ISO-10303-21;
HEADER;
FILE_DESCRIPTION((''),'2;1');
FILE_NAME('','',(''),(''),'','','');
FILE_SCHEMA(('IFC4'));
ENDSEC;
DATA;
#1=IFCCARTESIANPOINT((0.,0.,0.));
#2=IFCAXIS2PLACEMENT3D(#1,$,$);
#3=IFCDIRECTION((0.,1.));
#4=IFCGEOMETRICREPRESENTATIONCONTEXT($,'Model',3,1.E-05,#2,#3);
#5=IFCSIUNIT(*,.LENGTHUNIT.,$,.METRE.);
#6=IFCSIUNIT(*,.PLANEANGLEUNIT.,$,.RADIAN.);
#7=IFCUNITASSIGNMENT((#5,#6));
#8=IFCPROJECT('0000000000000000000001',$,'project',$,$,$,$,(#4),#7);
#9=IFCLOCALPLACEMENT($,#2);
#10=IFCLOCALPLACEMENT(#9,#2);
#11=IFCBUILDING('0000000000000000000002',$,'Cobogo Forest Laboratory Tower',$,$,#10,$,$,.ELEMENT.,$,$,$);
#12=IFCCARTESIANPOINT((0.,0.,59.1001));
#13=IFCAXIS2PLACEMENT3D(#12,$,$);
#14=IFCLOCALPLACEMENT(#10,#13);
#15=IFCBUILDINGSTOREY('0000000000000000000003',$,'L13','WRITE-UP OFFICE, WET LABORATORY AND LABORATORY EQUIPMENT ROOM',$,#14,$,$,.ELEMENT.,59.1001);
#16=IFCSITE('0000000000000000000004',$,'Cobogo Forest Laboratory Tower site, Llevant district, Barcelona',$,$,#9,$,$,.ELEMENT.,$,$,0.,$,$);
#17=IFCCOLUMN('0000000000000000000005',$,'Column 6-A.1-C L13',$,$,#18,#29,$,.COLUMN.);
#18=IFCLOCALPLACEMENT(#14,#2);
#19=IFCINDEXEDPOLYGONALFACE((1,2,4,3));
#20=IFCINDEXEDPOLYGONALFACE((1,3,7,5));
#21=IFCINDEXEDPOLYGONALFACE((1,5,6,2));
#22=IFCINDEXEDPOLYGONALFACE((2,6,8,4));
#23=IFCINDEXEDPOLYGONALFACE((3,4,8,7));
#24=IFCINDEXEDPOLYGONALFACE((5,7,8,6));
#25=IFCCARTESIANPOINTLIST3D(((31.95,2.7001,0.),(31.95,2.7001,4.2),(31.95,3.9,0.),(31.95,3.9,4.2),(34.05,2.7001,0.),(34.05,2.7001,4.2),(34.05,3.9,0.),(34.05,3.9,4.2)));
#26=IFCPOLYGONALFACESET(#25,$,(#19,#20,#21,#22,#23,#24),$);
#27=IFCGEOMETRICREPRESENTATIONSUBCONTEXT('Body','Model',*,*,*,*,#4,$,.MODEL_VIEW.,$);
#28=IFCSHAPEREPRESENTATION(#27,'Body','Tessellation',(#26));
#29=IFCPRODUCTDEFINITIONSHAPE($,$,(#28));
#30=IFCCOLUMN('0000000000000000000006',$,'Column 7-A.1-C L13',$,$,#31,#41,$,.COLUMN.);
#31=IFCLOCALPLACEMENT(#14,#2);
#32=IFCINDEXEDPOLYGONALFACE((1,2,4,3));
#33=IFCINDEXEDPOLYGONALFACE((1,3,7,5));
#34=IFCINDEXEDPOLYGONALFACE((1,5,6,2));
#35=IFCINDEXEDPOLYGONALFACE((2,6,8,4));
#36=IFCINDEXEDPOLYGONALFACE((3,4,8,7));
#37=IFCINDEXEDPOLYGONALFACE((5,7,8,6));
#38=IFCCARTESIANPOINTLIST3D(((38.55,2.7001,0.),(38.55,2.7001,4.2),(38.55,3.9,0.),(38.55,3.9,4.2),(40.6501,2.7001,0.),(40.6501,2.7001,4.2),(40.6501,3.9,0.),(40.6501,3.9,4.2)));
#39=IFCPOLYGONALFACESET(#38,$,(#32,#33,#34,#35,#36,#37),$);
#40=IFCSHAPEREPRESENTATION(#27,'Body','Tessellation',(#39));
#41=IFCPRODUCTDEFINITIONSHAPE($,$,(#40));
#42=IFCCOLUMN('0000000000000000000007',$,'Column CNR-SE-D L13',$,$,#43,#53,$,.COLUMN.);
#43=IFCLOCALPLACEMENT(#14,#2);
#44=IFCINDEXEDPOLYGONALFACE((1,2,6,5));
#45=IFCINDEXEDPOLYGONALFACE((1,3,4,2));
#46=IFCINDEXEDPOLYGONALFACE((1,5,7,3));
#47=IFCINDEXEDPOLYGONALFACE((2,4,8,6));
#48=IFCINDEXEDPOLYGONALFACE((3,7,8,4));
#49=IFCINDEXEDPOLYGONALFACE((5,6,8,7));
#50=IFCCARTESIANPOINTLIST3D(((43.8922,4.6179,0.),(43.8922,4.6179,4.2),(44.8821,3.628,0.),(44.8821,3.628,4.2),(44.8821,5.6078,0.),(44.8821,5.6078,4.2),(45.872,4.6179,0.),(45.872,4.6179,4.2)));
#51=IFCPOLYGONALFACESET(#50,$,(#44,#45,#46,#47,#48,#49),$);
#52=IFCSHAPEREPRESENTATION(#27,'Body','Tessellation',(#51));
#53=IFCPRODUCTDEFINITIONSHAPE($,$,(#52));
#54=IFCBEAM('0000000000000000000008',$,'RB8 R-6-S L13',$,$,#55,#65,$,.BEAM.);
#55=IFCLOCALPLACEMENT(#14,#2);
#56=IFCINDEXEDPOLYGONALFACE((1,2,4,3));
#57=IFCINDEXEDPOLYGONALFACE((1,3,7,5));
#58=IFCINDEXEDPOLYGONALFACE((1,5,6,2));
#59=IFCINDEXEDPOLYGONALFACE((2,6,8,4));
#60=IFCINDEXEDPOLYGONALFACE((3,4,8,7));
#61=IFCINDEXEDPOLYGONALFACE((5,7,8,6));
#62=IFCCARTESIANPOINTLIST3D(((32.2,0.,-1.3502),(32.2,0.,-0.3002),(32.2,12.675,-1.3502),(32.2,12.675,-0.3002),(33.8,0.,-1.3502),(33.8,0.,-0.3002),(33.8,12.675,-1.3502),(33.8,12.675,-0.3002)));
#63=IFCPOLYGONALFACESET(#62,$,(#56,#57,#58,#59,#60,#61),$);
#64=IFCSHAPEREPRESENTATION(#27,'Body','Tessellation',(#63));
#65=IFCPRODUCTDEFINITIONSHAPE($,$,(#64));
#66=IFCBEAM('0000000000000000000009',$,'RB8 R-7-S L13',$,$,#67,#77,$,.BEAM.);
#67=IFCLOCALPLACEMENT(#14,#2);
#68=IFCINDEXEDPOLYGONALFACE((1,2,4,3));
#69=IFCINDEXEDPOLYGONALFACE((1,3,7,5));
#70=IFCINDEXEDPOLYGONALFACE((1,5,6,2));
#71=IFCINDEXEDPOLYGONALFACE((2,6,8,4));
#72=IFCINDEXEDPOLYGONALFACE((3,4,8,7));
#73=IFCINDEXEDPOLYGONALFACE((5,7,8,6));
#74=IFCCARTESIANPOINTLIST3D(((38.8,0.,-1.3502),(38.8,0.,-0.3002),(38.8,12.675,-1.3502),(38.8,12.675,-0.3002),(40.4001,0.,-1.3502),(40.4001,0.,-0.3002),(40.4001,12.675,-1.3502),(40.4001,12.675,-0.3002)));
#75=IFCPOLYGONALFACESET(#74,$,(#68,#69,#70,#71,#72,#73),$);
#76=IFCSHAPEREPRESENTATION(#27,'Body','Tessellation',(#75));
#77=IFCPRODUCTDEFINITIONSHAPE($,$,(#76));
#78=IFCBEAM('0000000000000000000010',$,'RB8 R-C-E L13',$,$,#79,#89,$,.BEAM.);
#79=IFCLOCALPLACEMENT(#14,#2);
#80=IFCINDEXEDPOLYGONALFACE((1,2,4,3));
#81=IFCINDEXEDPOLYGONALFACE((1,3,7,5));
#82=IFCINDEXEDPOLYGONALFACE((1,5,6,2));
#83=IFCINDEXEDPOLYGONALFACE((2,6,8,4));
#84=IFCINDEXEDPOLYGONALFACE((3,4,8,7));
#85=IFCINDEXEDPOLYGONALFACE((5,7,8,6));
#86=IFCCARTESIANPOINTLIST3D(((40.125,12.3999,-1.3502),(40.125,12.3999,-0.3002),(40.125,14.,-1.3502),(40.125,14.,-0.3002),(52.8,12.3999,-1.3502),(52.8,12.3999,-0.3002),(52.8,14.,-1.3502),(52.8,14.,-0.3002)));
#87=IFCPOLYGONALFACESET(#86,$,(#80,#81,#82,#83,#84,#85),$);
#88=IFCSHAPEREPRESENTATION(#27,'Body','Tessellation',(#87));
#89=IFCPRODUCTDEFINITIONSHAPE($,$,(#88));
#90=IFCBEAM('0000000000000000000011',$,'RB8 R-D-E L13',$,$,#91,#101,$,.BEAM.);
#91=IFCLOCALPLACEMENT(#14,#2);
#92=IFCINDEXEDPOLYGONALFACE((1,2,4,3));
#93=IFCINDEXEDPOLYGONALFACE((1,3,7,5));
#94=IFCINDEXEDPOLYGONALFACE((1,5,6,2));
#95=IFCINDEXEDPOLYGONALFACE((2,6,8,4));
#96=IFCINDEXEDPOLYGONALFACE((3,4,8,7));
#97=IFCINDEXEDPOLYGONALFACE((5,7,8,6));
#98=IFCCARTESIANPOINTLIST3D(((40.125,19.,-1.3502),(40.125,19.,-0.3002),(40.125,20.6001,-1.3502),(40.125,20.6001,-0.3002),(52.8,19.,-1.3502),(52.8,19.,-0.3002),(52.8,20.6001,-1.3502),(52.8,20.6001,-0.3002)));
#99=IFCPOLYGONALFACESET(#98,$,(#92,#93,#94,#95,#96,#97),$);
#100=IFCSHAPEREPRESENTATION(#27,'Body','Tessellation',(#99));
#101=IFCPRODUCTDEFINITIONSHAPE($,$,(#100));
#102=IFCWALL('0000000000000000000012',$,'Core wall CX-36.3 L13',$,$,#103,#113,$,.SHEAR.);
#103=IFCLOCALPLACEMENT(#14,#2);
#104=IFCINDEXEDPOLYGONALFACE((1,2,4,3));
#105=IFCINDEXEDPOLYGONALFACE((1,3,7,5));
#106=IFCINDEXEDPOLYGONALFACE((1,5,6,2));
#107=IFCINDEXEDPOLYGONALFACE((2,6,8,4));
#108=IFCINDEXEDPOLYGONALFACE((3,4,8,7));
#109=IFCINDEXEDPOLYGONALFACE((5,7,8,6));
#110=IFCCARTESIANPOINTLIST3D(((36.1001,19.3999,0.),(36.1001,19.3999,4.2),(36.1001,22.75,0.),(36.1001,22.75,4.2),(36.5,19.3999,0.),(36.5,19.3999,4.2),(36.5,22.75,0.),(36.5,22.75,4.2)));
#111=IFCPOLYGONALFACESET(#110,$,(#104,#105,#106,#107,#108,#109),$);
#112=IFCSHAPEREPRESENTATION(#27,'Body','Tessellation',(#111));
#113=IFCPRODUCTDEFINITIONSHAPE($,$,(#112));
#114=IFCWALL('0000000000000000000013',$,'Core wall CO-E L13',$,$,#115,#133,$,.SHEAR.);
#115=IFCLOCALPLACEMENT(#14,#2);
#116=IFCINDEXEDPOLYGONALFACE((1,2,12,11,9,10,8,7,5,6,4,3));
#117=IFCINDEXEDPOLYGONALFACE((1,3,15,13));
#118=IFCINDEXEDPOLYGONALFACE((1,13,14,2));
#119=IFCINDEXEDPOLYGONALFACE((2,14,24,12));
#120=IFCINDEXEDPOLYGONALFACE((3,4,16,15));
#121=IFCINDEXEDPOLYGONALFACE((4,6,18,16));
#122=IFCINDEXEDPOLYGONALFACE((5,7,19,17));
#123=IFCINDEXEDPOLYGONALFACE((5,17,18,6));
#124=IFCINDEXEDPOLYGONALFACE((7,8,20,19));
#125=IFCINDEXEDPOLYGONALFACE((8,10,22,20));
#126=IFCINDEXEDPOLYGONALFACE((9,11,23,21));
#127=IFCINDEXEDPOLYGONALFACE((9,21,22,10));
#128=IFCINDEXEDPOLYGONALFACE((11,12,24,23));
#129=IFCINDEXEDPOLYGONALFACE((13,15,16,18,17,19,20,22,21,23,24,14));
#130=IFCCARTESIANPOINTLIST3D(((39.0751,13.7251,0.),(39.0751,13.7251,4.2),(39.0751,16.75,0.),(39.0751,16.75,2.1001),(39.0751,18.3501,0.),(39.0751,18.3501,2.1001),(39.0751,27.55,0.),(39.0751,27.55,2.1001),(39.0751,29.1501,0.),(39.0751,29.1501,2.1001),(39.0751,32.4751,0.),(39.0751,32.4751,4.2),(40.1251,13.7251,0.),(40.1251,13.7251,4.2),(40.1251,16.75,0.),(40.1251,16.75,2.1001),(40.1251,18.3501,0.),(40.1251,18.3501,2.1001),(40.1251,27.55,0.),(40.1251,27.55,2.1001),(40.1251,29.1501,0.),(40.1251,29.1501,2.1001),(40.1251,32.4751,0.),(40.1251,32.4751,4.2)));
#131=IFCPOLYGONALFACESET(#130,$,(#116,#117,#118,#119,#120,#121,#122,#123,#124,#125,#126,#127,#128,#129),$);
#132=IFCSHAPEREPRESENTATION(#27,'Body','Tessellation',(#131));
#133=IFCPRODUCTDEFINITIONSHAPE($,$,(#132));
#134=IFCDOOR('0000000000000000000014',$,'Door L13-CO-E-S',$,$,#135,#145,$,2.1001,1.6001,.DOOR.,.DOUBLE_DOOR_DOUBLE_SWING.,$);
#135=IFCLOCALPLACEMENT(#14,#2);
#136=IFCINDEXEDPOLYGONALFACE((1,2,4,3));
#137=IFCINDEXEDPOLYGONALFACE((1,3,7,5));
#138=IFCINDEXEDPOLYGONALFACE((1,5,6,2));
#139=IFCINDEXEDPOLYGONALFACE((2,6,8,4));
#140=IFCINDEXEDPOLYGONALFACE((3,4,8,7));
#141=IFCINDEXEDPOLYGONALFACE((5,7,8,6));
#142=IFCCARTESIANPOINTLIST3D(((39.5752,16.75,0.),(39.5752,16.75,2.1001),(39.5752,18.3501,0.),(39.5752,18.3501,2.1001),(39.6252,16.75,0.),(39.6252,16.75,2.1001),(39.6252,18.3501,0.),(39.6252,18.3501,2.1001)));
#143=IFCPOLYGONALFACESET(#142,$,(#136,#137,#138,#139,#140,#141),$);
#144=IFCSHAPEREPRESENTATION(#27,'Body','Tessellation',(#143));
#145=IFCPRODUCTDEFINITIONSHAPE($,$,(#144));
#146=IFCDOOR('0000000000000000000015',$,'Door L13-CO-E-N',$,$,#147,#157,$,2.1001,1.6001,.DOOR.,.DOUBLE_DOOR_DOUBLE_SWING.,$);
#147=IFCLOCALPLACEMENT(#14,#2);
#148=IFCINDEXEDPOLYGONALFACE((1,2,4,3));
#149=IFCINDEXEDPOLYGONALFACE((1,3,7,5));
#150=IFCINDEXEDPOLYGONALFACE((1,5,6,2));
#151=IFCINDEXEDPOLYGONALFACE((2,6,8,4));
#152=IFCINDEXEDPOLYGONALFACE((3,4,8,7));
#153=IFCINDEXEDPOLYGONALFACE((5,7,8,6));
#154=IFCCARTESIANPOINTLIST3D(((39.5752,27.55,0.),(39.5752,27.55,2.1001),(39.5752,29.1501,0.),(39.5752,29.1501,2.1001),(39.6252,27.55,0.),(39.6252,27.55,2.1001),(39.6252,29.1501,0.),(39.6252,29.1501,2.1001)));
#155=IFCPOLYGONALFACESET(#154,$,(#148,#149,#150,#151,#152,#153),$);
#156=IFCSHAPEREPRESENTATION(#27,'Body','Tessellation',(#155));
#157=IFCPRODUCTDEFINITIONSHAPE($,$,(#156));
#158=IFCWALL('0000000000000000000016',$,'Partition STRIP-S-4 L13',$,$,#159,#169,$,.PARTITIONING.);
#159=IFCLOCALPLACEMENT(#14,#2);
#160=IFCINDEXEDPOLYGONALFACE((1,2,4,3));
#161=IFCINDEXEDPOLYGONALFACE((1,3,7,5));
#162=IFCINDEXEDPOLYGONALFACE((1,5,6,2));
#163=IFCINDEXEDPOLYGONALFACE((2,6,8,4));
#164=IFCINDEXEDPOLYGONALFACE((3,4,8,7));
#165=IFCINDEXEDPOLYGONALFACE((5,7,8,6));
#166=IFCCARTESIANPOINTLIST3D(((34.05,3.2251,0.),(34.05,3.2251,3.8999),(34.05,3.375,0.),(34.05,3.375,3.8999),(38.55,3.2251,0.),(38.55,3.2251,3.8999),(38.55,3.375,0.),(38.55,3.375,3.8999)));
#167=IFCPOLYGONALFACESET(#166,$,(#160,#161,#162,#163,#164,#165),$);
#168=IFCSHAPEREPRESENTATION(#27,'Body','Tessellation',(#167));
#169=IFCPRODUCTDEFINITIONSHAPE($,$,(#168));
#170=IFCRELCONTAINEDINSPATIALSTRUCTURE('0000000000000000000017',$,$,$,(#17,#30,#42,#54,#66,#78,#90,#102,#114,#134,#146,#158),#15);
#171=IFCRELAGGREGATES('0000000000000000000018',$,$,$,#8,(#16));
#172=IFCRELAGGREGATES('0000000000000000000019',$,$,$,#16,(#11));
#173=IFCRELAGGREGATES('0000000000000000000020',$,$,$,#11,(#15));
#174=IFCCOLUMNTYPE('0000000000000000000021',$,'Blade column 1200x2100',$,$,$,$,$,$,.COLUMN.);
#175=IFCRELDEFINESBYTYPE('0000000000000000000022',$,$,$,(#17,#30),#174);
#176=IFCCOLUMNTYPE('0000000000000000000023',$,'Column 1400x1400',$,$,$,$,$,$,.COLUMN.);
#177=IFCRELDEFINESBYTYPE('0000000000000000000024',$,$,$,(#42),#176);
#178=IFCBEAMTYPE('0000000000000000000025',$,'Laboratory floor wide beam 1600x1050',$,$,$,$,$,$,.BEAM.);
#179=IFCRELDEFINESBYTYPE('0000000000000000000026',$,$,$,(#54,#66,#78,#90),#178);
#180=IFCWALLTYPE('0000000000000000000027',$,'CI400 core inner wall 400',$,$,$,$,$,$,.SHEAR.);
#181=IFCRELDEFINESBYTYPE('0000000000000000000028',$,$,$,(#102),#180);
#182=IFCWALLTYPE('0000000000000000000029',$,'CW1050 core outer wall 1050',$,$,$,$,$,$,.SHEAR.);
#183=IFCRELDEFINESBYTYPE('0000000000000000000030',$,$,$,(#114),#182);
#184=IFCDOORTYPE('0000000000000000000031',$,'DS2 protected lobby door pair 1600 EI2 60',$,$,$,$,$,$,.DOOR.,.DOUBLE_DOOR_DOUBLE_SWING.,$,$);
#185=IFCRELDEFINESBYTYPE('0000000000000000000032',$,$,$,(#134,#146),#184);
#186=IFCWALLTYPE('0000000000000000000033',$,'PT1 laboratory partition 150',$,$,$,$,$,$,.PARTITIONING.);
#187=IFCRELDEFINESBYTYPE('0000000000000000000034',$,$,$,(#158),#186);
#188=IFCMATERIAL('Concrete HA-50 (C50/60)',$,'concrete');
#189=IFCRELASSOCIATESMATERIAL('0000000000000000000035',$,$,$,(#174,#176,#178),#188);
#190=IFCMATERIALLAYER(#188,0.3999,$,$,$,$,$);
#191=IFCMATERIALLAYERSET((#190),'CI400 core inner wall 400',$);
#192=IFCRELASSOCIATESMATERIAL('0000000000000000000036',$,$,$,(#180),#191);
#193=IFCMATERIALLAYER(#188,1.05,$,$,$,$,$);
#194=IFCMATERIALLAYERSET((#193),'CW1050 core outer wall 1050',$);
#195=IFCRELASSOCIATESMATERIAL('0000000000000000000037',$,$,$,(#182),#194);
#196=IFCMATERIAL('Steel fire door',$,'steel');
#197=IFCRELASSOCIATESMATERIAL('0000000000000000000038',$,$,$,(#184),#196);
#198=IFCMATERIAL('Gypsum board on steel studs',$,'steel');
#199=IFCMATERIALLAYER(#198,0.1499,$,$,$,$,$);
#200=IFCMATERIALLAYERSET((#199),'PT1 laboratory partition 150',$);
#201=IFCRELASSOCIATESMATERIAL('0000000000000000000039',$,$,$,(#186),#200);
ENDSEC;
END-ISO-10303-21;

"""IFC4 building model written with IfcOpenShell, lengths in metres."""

from ifc_helpers import new_model, si_unit, direction, frame, frame_2d, origin, origin_2d, place, context, subcontext, project, spatial, rectangle, extrude, material, layer, layer_set, material_profile, profile_set, type_object, element, fill, save


model = new_model("IFC4")

# Units and contexts
model_context = context("Model", 3, precision=1e-05, world=origin(), true_north=direction((0.0, 1.0)))
body_context = subcontext(model_context, "Body", "Model", "MODEL_VIEW")
ifc_project = project(units=[si_unit("LENGTHUNIT", "METRE"), si_unit("PLANEANGLEUNIT", "RADIAN")], contexts=[model_context])

# Site, building, storey
site_placement = place(None, origin())
site = spatial("IfcSite", under=ifc_project, at=site_placement, Name="Cobogo Forest Laboratory Tower site, Llevant district, Barcelona", CompositionType="ELEMENT", RefElevation=0.0)
building_placement = place(site_placement, origin())
building = spatial("IfcBuilding", under=site, at=building_placement, Name="Cobogo Forest Laboratory Tower", CompositionType="ELEMENT")
storey_placement = place(building_placement, frame((0.0, 0.0, 59.1001)))
storey = spatial("IfcBuildingStorey", under=building, at=storey_placement, Name="L13", Description="WRITE-UP OFFICE, WET LABORATORY AND LABORATORY EQUIPMENT ROOM", CompositionType="ELEMENT", Elevation=59.1001)

# Columns
ifc_material_1 = material(Name="Concrete HA-50 (C50/60)", Category="concrete")
ifc_material_profile_1 = material_profile(ifc_material_1, rectangle(XDim=2.1001, YDim=1.2, at=origin_2d()), Name="RC 1200x2100")
ifc_profile_set_1 = profile_set([ifc_material_profile_1], Name="Concrete HA-50 (C50/60)")
column_type_1 = type_object("IfcColumnType", Name="Blade column 1200x2100", PredefinedType="COLUMN", material=ifc_profile_set_1)
for number, where, z_axis, x_axis, name in (
    (1, (33.0, 3.3, 0.0), (0.0, 0.0, 1.0), (1.0, 0.0, 0.0), "Column 6-A.1-C L13"),
    (2, (39.6001, 3.3, 0.0), (0.0, 0.0, 1.0), (1.0, 0.0, 0.0), "Column 7-A.1-C L13"),
):
    element("IfcColumn", number, at=place(storey_placement, frame(where, z_axis=z_axis, x_axis=x_axis)), inside=storey, type_object=column_type_1, Name=name, PredefinedType="COLUMN", context=body_context, shape_type="SweptSolid", body=[
        extrude(rectangle(XDim=2.1001, YDim=1.2, at=origin_2d()), origin(), (0.0, 0.0, 1.0), 4.2),
    ])
ifc_material_profile_2 = material_profile(ifc_material_1, rectangle(XDim=1.3999, YDim=1.3999, at=origin_2d()), Name="RC 1400x1400")
ifc_profile_set_2 = profile_set([ifc_material_profile_2], Name="Concrete HA-50 (C50/60)")
column_type_2 = type_object("IfcColumnType", Name="Column 1400x1400", PredefinedType="COLUMN", material=ifc_profile_set_2)
column_placement = place(storey_placement, frame((44.8821, 4.6179, 0.0), z_axis=(0.0, 0.0, 1.0), x_axis=(0.707107, 0.707107, 0.0)))
element("IfcColumn", 3, at=column_placement, inside=storey, type_object=column_type_2, Name="Column CNR-SE-D L13", PredefinedType="COLUMN", context=body_context, shape_type="SweptSolid", body=[
    extrude(rectangle(XDim=1.3999, YDim=1.3999, at=origin_2d()), origin(), (0.0, 0.0, 1.0), 4.2),
])

# Beams
ifc_material_profile_3 = material_profile(ifc_material_1, rectangle(XDim=1.6001, YDim=1.05, at=origin_2d()), Name="RC 1600x1050")
ifc_profile_set_3 = profile_set([ifc_material_profile_3], Name="Concrete HA-50 (C50/60)")
beam_type = type_object("IfcBeamType", Name="Laboratory floor wide beam 1600x1050", PredefinedType="BEAM", material=ifc_profile_set_3)
for number, where, z_axis, x_axis, name in (
    (4, (33.0, 12.675, -0.8252), (0.0, -1.0, 0.0), (1.0, 0.0, 0.0), "RB8 R-6-S L13"),
    (5, (39.6001, 12.675, -0.8252), (0.0, -1.0, 0.0), (1.0, 0.0, 0.0), "RB8 R-7-S L13"),
    (6, (40.125, 13.2, -0.8252), (1.0, 0.0, 0.0), (0.0, 1.0, 0.0), "RB8 R-C-E L13"),
    (7, (40.125, 19.8, -0.8252), (1.0, 0.0, 0.0), (0.0, 1.0, 0.0), "RB8 R-D-E L13"),
):
    element("IfcBeam", number, at=place(storey_placement, frame(where, z_axis=z_axis, x_axis=x_axis)), inside=storey, type_object=beam_type, Name=name, PredefinedType="BEAM", context=body_context, shape_type="SweptSolid", body=[
        extrude(rectangle(XDim=1.6001, YDim=1.05, at=origin_2d()), origin(), (0.0, 0.0, 1.0), 12.675),
    ])

# Wall
ifc_layer_1 = layer(ifc_material_1, 0.3999)
ifc_layer_set_1 = layer_set([ifc_layer_1], Name="CI400 core inner wall 400")
wall_type_1 = type_object("IfcWallType", Name="CI400 core inner wall 400", PredefinedType="SHEAR", material=ifc_layer_set_1)
wall_1_placement = place(storey_placement, frame((36.3, 19.3999, 0.0), z_axis=(0.0, 0.0, 1.0), x_axis=(0.0, 1.0, 0.0)))
element("IfcWall", 8, at=wall_1_placement, inside=storey, type_object=wall_type_1, Name="Core wall CX-36.3 L13", PredefinedType="SHEAR", context=body_context, shape_type="SweptSolid", body=[
    extrude(rectangle(XDim=3.3501, YDim=0.3999, at=frame_2d((1.675, 0.0))), origin(), (0.0, 0.0, 1.0), 4.2),
])

# Wall, openings, doors
ifc_layer_2 = layer(ifc_material_1, 1.05)
ifc_layer_set_2 = layer_set([ifc_layer_2], Name="CW1050 core outer wall 1050")
wall_type_2 = type_object("IfcWallType", Name="CW1050 core outer wall 1050", PredefinedType="SHEAR", material=ifc_layer_set_2)
wall_2_placement = place(storey_placement, frame((39.6001, 13.7251, 0.0), z_axis=(0.0, 0.0, 1.0), x_axis=(0.0, 1.0, 0.0)))
wall_2 = element("IfcWall", 9, at=wall_2_placement, inside=storey, type_object=wall_type_2, Name="Core wall CO-E L13", PredefinedType="SHEAR", context=body_context, shape_type="SweptSolid", body=[
    extrude(rectangle(XDim=18.75, YDim=1.05, at=frame_2d((9.375, 0.0))), origin(), (0.0, 0.0, 1.0), 4.2),
])
opening_1_placement = place(wall_2_placement, frame((3.0249, 0.0, 0.0)))
opening_1 = element("IfcOpeningElement", 10, at=opening_1_placement, cuts=wall_2, PredefinedType="OPENING", context=body_context, shape_type="SweptSolid", body=[
    extrude(rectangle(XDim=1.6001, YDim=2.1001, at=frame_2d((0.8, 1.05))), frame((0.0, 0.5349, 0.0), z_axis=(0.0, -1.0, 0.0), x_axis=(1.0, 0.0, 0.0)), (0.0, 0.0, 1.0), 1.0701),
])
opening_2_placement = place(wall_2_placement, frame((13.825, 0.0, 0.0)))
opening_2 = element("IfcOpeningElement", 11, at=opening_2_placement, cuts=wall_2, PredefinedType="OPENING", context=body_context, shape_type="SweptSolid", body=[
    extrude(rectangle(XDim=1.6001, YDim=2.1001, at=frame_2d((0.8, 1.05))), frame((0.0, 0.5349, 0.0), z_axis=(0.0, -1.0, 0.0), x_axis=(1.0, 0.0, 0.0)), (0.0, 0.0, 1.0), 1.0701),
])
ifc_material_2 = material(Name="Steel fire door", Category="steel")
door_type_1 = type_object("IfcDoorType", Name="DS2 protected lobby door pair 1600 EI2 60", OperationType="DOUBLE_DOOR_DOUBLE_SWING", PredefinedType="DOOR", material=ifc_material_2)
door_1_placement = place(opening_1_placement, origin())
door_1 = element("IfcDoor", 12, at=door_1_placement, inside=storey, type_object=door_type_1, Name="Door L13-CO-E-S", OperationType="DOUBLE_DOOR_DOUBLE_SWING", OverallHeight=2.1001, OverallWidth=1.6001, PredefinedType="DOOR", context=body_context, shape_type="SweptSolid", body=[
    extrude(rectangle(XDim=1.6001, YDim=2.1001, at=frame_2d((0.8, 1.05))), frame((0.0, 0.0249, 0.0), z_axis=(0.0, -1.0, 0.0), x_axis=(1.0, 0.0, 0.0)), (0.0, 0.0, 1.0), 0.05),
])
fill(opening_1, door_1)
door_2_placement = place(opening_2_placement, origin())
door_2 = element("IfcDoor", 13, at=door_2_placement, inside=storey, type_object=door_type_1, Name="Door L13-CO-E-N", OperationType="DOUBLE_DOOR_DOUBLE_SWING", OverallHeight=2.1001, OverallWidth=1.6001, PredefinedType="DOOR", context=body_context, shape_type="SweptSolid", body=[
    extrude(rectangle(XDim=1.6001, YDim=2.1001, at=frame_2d((0.8, 1.05))), frame((0.0, 0.0249, 0.0), z_axis=(0.0, -1.0, 0.0), x_axis=(1.0, 0.0, 0.0)), (0.0, 0.0, 1.0), 0.05),
])
fill(opening_2, door_2)

# Wall
ifc_material_3 = material(Name="Gypsum board on steel studs", Category="steel")
ifc_layer_3 = layer(ifc_material_3, 0.1499)
ifc_layer_set_3 = layer_set([ifc_layer_3], Name="PT1 laboratory partition 150")
wall_type_3 = type_object("IfcWallType", Name="PT1 laboratory partition 150", PredefinedType="PARTITIONING", material=ifc_layer_set_3)
wall_3_placement = place(storey_placement, frame((34.05, 3.3, 0.0), z_axis=(0.0, 0.0, 1.0), x_axis=(1.0, 0.0, 0.0)))
element("IfcWall", 14, at=wall_3_placement, inside=storey, type_object=wall_type_3, Name="Partition STRIP-S-4 L13", PredefinedType="PARTITIONING", context=body_context, shape_type="SweptSolid", body=[
    extrude(rectangle(XDim=4.5, YDim=0.1499, at=frame_2d((2.25, 0.0))), origin(), (0.0, 0.0, 1.0), 3.8999),
])

save(model, "model.ifc")
